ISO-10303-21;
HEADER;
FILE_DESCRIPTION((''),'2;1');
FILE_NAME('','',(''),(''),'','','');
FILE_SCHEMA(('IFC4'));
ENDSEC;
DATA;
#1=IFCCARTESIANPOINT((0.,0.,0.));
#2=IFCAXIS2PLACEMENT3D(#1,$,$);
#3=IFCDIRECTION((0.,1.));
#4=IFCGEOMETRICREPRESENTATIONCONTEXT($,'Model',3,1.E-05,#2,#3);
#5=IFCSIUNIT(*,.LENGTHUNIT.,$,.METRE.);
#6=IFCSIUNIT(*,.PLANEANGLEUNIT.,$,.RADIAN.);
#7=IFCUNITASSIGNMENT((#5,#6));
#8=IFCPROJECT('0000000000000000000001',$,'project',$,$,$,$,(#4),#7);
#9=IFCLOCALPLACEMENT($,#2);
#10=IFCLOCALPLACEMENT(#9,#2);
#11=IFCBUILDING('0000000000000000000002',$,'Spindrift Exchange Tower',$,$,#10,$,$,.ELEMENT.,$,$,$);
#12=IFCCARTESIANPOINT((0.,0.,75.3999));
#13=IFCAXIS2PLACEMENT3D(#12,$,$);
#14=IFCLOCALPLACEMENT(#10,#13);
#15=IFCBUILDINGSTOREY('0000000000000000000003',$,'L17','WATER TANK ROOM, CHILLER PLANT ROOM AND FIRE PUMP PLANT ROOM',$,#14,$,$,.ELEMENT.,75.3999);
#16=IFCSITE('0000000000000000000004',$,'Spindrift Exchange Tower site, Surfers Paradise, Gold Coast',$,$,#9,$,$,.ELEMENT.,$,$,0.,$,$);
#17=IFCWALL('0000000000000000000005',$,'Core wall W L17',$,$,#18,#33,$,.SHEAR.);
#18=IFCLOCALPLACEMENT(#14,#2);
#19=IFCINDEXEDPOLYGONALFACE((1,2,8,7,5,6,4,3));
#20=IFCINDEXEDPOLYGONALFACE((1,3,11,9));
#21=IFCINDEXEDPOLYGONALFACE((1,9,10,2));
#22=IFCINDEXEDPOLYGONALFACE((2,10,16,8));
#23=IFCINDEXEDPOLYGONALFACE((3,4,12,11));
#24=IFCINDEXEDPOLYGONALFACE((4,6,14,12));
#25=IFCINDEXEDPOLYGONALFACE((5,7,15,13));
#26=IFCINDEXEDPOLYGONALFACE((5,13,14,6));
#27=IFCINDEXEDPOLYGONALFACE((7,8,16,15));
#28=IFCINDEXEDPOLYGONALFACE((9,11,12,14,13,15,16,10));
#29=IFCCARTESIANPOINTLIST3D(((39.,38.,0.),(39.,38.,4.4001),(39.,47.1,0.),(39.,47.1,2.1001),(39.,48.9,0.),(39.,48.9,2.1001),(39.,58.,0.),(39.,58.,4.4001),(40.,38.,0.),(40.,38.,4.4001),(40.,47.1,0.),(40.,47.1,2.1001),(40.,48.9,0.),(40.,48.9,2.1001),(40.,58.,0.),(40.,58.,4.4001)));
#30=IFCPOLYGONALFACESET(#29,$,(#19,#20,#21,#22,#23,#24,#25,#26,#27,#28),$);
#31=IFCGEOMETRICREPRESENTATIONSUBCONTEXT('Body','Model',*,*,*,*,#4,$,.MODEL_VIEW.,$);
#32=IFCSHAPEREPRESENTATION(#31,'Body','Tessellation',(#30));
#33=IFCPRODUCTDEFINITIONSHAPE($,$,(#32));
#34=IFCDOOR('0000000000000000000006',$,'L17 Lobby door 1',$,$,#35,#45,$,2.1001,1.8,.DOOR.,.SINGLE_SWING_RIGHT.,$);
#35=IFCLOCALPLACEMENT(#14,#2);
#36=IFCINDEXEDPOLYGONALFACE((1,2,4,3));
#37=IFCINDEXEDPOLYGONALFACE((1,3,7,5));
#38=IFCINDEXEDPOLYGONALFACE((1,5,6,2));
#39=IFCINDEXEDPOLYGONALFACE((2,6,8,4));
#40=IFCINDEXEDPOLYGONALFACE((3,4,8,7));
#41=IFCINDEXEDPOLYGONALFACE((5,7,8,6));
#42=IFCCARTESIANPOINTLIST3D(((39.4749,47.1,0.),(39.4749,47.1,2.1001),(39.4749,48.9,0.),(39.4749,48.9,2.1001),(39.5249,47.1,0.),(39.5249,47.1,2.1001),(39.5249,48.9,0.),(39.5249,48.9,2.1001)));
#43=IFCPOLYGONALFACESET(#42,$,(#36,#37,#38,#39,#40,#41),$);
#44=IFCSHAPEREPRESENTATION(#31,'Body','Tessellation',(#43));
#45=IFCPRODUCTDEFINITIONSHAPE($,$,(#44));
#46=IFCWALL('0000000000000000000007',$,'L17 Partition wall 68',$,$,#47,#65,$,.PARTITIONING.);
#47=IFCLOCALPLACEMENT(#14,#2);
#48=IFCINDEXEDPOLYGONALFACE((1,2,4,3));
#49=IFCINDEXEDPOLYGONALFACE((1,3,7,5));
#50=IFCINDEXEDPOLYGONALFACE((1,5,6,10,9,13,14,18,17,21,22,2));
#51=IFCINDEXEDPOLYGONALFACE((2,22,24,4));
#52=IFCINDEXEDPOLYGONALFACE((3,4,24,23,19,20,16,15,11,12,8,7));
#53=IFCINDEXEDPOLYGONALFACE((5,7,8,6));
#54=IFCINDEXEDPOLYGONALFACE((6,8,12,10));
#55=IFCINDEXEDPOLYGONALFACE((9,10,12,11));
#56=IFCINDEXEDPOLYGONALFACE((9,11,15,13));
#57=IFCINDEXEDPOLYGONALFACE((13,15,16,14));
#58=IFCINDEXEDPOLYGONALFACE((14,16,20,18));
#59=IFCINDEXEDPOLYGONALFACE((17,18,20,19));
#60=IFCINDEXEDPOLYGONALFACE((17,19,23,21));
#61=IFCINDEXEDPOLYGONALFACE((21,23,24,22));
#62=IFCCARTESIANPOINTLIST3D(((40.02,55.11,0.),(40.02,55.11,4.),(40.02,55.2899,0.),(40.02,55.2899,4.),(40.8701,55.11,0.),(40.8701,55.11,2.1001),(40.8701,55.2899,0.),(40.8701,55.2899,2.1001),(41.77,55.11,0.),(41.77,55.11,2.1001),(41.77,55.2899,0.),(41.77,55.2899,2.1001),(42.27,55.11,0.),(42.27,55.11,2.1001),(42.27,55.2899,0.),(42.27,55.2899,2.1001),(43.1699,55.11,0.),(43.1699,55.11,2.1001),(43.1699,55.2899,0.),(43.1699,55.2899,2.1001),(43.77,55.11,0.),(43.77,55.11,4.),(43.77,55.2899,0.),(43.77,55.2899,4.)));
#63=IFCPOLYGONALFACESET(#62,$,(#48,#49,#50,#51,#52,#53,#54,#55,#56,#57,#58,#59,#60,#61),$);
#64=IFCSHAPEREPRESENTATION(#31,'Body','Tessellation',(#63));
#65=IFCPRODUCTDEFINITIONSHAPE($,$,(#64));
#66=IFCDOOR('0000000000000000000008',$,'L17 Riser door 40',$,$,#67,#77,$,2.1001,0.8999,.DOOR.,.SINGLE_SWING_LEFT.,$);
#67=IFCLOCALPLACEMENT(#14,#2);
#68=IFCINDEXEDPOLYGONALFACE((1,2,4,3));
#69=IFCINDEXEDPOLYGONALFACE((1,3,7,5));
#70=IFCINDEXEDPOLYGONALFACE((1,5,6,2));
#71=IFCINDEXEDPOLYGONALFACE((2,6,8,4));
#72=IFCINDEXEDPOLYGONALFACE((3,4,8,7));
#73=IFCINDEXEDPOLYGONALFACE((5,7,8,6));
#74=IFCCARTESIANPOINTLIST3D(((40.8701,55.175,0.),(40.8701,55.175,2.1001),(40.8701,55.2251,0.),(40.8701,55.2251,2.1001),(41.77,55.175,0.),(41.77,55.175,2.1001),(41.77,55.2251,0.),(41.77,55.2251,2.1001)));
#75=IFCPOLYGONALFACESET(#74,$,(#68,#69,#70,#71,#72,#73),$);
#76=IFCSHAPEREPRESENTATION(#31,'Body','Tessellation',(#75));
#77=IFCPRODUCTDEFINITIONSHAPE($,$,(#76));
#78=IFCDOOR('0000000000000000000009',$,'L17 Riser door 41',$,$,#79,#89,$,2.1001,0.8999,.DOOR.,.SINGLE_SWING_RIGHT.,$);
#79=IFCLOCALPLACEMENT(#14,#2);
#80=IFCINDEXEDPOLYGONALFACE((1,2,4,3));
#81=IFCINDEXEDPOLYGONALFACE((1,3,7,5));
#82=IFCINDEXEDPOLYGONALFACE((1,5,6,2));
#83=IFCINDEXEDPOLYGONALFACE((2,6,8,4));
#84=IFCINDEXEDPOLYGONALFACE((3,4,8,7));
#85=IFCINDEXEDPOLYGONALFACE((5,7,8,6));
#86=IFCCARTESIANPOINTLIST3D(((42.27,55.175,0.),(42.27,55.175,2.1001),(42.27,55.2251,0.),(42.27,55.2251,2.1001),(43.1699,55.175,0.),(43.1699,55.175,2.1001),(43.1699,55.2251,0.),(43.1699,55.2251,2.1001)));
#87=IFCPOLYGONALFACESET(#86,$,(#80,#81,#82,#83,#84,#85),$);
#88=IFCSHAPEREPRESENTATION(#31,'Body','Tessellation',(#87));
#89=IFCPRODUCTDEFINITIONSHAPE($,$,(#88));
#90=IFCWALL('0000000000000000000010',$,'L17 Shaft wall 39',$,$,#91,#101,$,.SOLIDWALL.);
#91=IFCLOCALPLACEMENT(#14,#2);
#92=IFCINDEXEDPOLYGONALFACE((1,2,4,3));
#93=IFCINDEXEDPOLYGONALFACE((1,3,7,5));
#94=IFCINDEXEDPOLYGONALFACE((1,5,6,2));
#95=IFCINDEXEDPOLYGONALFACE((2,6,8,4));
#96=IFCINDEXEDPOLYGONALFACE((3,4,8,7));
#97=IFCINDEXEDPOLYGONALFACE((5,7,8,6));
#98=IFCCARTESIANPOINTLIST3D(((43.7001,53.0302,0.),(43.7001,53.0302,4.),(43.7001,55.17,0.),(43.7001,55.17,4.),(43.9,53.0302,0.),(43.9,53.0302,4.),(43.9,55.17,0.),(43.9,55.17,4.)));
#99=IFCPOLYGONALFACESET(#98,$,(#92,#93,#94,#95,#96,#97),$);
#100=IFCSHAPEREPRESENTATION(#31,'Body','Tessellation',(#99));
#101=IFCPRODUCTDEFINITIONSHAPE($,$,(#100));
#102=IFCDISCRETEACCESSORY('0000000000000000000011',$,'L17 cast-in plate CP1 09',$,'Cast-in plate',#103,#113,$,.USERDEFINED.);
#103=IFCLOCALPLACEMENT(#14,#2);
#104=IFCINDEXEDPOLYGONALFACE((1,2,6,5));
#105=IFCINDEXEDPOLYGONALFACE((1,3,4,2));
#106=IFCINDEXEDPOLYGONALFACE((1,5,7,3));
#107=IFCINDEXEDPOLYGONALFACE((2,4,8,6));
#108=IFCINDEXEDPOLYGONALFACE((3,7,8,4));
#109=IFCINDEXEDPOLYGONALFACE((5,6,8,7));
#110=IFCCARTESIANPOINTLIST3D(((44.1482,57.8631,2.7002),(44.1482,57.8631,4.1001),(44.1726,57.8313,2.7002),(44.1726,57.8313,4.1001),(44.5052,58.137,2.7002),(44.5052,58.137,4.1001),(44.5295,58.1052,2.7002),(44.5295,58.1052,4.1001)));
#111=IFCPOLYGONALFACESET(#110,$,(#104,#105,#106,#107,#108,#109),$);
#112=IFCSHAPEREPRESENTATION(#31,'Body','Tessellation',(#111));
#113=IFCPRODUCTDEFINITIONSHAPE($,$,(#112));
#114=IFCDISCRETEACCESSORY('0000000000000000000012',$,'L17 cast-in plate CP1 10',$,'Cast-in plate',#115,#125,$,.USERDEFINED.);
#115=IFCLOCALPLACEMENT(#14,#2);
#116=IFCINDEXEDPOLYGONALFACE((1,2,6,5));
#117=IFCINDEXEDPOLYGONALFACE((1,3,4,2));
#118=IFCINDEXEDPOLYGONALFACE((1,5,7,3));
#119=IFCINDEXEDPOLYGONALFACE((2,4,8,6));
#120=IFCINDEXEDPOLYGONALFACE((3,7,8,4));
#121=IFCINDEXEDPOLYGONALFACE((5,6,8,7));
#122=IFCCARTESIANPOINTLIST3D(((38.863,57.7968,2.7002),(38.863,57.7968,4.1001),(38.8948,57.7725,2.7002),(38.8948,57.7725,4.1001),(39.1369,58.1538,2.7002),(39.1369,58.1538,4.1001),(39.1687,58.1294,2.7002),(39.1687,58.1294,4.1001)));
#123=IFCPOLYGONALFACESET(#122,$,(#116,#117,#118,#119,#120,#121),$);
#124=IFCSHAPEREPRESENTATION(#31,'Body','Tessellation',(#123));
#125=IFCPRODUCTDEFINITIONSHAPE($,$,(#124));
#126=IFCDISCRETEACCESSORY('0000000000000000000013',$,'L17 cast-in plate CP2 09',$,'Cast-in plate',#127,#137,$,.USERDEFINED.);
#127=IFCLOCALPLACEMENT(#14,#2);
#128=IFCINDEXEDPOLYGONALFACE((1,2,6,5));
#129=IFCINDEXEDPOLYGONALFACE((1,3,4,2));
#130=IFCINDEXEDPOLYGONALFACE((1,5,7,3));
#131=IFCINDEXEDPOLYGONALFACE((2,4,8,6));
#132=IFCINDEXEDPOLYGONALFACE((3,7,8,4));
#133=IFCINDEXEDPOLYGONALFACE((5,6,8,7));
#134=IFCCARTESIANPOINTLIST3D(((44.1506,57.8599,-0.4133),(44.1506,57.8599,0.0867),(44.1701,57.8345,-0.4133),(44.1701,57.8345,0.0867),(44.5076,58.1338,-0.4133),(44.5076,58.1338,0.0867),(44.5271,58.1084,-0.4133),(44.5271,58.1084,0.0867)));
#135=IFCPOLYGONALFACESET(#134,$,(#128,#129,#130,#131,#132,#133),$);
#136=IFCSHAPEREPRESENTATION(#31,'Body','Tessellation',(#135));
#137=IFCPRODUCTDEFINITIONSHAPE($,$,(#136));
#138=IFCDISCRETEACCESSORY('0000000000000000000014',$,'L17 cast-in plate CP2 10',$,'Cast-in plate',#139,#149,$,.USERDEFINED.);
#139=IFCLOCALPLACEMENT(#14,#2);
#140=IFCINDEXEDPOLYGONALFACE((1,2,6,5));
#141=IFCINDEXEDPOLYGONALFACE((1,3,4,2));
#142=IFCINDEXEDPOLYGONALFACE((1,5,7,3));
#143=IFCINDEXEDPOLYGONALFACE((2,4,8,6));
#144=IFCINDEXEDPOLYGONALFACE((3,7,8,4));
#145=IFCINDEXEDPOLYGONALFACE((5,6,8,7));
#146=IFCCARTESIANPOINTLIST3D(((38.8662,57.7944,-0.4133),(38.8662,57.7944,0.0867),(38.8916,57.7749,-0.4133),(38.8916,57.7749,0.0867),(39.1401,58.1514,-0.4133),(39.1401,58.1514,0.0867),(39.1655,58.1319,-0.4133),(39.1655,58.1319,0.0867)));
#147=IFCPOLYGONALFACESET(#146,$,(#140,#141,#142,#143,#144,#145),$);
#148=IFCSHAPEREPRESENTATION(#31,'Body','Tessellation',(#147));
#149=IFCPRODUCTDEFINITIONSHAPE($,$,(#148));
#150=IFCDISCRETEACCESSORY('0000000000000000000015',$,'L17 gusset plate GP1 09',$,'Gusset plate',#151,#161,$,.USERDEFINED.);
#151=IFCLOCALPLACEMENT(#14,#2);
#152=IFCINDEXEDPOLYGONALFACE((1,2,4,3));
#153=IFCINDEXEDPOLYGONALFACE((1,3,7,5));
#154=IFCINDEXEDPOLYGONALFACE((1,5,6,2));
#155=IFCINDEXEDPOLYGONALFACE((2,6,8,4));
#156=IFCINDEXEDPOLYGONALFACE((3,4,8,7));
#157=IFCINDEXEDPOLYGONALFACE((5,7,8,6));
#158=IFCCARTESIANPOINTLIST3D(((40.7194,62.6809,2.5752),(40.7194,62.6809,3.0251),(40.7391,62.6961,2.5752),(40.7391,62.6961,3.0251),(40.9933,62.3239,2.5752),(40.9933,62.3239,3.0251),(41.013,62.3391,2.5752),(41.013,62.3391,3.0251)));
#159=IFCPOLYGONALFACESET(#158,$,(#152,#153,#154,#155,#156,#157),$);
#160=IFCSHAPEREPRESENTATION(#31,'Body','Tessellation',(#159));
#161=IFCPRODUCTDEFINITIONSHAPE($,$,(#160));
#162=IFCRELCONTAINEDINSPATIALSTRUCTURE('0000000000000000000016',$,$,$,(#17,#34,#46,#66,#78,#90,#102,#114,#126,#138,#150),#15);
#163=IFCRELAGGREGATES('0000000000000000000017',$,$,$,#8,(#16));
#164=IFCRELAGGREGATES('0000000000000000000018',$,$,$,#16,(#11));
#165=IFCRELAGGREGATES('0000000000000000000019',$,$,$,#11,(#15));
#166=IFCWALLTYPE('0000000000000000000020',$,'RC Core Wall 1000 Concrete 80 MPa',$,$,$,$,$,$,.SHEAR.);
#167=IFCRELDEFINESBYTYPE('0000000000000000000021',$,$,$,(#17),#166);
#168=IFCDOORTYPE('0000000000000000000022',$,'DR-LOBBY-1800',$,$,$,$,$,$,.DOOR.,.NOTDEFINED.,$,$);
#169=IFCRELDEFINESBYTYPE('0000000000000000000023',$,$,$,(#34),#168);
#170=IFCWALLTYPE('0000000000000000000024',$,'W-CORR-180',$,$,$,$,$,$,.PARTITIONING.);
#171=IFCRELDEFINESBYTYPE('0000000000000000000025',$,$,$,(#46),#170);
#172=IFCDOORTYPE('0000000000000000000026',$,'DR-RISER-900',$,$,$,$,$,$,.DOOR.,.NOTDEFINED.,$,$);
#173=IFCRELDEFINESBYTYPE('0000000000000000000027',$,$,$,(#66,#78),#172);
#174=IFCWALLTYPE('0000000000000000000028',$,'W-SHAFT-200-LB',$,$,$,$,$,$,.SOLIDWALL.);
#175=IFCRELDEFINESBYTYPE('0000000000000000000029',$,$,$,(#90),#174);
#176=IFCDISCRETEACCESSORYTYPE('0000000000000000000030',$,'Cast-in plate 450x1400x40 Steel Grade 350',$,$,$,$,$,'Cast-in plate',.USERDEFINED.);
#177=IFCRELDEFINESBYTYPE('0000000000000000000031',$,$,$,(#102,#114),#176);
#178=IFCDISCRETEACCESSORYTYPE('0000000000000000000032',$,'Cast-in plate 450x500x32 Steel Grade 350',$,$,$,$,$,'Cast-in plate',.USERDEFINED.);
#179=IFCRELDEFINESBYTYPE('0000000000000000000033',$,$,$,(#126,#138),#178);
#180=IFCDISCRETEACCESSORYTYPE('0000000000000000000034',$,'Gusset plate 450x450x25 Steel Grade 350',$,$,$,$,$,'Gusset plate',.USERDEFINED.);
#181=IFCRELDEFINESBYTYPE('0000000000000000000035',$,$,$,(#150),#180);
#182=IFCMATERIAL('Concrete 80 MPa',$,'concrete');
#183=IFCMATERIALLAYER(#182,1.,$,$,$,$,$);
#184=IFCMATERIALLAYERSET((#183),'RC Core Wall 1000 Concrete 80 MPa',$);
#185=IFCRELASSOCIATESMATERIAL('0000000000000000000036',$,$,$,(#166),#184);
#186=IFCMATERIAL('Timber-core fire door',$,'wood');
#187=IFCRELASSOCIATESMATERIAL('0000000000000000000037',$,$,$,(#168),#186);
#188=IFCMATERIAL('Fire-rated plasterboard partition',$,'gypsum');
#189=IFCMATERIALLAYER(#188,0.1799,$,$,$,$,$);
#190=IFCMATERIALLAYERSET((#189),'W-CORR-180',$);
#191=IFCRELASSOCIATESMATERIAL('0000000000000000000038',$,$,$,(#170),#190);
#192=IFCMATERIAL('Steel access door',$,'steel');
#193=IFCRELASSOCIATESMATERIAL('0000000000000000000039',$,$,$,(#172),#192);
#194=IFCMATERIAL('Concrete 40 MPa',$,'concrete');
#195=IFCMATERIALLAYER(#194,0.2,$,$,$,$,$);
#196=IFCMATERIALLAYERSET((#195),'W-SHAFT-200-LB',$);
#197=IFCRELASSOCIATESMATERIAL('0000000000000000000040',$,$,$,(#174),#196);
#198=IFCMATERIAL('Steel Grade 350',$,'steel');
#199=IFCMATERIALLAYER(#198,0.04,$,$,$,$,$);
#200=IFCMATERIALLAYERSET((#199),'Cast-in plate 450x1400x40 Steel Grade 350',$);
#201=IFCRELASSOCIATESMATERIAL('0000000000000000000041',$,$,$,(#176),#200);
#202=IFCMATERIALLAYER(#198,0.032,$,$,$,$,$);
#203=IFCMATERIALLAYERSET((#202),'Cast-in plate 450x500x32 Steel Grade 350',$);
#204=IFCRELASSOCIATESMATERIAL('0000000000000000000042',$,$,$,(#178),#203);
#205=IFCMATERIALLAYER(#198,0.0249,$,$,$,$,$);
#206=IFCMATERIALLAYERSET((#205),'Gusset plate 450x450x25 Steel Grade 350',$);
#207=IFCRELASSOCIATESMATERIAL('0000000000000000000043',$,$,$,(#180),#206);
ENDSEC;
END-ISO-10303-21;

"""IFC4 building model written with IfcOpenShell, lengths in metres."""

from ifc_helpers import new_model, si_unit, direction, frame, frame_2d, origin, origin_2d, place, context, subcontext, project, spatial, rectangle, extrude, source, transform, mapped, material, layer, layer_set, type_object, element, fill, save


model = new_model("IFC4")

# Units and contexts
model_context = context("Model", 3, precision=1e-05, world=origin(), true_north=direction((0.0, 1.0)))
body_context = subcontext(model_context, "Body", "Model", "MODEL_VIEW")
ifc_project = project(units=[si_unit("LENGTHUNIT", "METRE"), si_unit("PLANEANGLEUNIT", "RADIAN")], contexts=[model_context])

# Site, building, storey
site_placement = place(None, origin())
site = spatial("IfcSite", under=ifc_project, at=site_placement, Name="Spindrift Exchange Tower site, Surfers Paradise, Gold Coast", CompositionType="ELEMENT", RefElevation=0.0)
building_placement = place(site_placement, origin())
building = spatial("IfcBuilding", under=site, at=building_placement, Name="Spindrift Exchange Tower", CompositionType="ELEMENT")
storey_placement = place(building_placement, frame((0.0, 0.0, 75.3999)))
storey = spatial("IfcBuildingStorey", under=building, at=storey_placement, Name="L17", Description="WATER TANK ROOM, CHILLER PLANT ROOM AND FIRE PUMP PLANT ROOM", CompositionType="ELEMENT", Elevation=75.3999)

# Shared definitions
ifc_material_1 = material(Name="Concrete 80 MPa", Category="concrete")

# Wall, opening, door
ifc_layer_1 = layer(ifc_material_1, 1.0)
ifc_layer_set_1 = layer_set([ifc_layer_1], Name="RC Core Wall 1000 Concrete 80 MPa")
wall_type_1 = type_object("IfcWallType", Name="RC Core Wall 1000 Concrete 80 MPa", PredefinedType="SHEAR", material=ifc_layer_set_1)
wall_1_placement = place(storey_placement, frame((39.5, 58.0, 0.0), z_axis=(0.0, 0.0, 1.0), x_axis=(0.0, -1.0, 0.0)))
wall_1 = element("IfcWall", 1, at=wall_1_placement, inside=storey, type_object=wall_type_1, Name="Core wall W L17", PredefinedType="SHEAR", context=body_context, shape_type="SweptSolid", body=[
    extrude(rectangle(XDim=20.0, YDim=1.0, at=frame_2d((10.0, 0.0))), origin(), (0.0, 0.0, 1.0), 4.4001),
])
opening_1_placement = place(wall_1_placement, frame((9.1001, 0.0, 0.0)))
opening_1 = element("IfcOpeningElement", 2, at=opening_1_placement, cuts=wall_1, PredefinedType="OPENING", context=body_context, shape_type="SweptSolid", body=[
    extrude(rectangle(XDim=1.8, YDim=2.1001, at=frame_2d((0.8999, 1.05))), frame((0.0, 0.51, 0.0), z_axis=(0.0, -1.0, 0.0), x_axis=(1.0, 0.0, 0.0)), (0.0, 0.0, 1.0), 1.02),
])
ifc_material_2 = material(Name="Timber-core fire door", Category="wood")
door_type_1 = type_object("IfcDoorType", Name="DR-LOBBY-1800", OperationType="NOTDEFINED", PredefinedType="DOOR", material=ifc_material_2)
shared_shape_1 = source(origin(), body_context, "Body", "SweptSolid", [
    extrude(rectangle(XDim=1.8, YDim=2.1001, at=frame_2d((0.8999, 1.05))), frame((0.0, 0.0249, 0.0), z_axis=(0.0, -1.0, 0.0), x_axis=(1.0, 0.0, 0.0)), (0.0, 0.0, 1.0), 0.05),
])
door_1_placement = place(opening_1_placement, origin())
door_1 = element("IfcDoor", 3, at=door_1_placement, inside=storey, type_object=door_type_1, Name="L17 Lobby door 1", OperationType="SINGLE_SWING_RIGHT", OverallHeight=2.1001, OverallWidth=1.8, PredefinedType="DOOR", context=body_context, shape_type="MappedRepresentation", body=[
    mapped(shared_shape_1, transform((0.0, 0.0, 0.0), scale=1.0)),
])
fill(opening_1, door_1)

# Wall, openings, doors
ifc_material_3 = material(Name="Fire-rated plasterboard partition", Category="gypsum")
ifc_layer_2 = layer(ifc_material_3, 0.1799)
ifc_layer_set_2 = layer_set([ifc_layer_2], Name="W-CORR-180")
wall_type_2 = type_object("IfcWallType", Name="W-CORR-180", PredefinedType="PARTITIONING", material=ifc_layer_set_2)
wall_2_placement = place(storey_placement, frame((43.77, 55.2, 0.0), z_axis=(0.0, 0.0, 1.0), x_axis=(-1.0, 0.0, 0.0)))
wall_2 = element("IfcWall", 4, at=wall_2_placement, inside=storey, type_object=wall_type_2, Name="L17 Partition wall 68", PredefinedType="PARTITIONING", context=body_context, shape_type="SweptSolid", body=[
    extrude(rectangle(XDim=3.75, YDim=0.1799, at=frame_2d((1.875, 0.0))), origin(), (0.0, 0.0, 1.0), 4.0),
])
opening_2_placement = place(wall_2_placement, frame((2.0, 0.0, 0.0)))
opening_2 = element("IfcOpeningElement", 5, at=opening_2_placement, cuts=wall_2, PredefinedType="OPENING", context=body_context, shape_type="SweptSolid", body=[
    extrude(rectangle(XDim=0.8999, YDim=2.1001, at=frame_2d((0.45, 1.05))), frame((0.0, 0.0999, 0.0), z_axis=(0.0, -1.0, 0.0), x_axis=(1.0, 0.0, 0.0)), (0.0, 0.0, 1.0), 0.2),
])
opening_3_placement = place(wall_2_placement, frame((0.6001, 0.0, 0.0)))
opening_3 = element("IfcOpeningElement", 6, at=opening_3_placement, cuts=wall_2, PredefinedType="OPENING", context=body_context, shape_type="SweptSolid", body=[
    extrude(rectangle(XDim=0.8999, YDim=2.1001, at=frame_2d((0.45, 1.05))), frame((0.0, 0.0999, 0.0), z_axis=(0.0, -1.0, 0.0), x_axis=(1.0, 0.0, 0.0)), (0.0, 0.0, 1.0), 0.2),
])
ifc_material_4 = material(Name="Steel access door", Category="steel")
door_type_2 = type_object("IfcDoorType", Name="DR-RISER-900", OperationType="NOTDEFINED", PredefinedType="DOOR", material=ifc_material_4)
shared_shape_2 = source(origin(), body_context, "Body", "SweptSolid", [
    extrude(rectangle(XDim=0.8999, YDim=2.1001, at=frame_2d((0.45, 1.05))), frame((0.0, 0.0249, 0.0), z_axis=(0.0, -1.0, 0.0), x_axis=(1.0, 0.0, 0.0)), (0.0, 0.0, 1.0), 0.05),
])
door_2_placement = place(opening_2_placement, origin())
door_2 = element("IfcDoor", 7, at=door_2_placement, inside=storey, type_object=door_type_2, Name="L17 Riser door 40", OperationType="SINGLE_SWING_LEFT", OverallHeight=2.1001, OverallWidth=0.8999, PredefinedType="DOOR", context=body_context, shape_type="MappedRepresentation", body=[
    mapped(shared_shape_2, transform((0.0, 0.0, 0.0), scale=1.0)),
])
fill(opening_2, door_2)
door_3_placement = place(opening_3_placement, origin())
door_3 = element("IfcDoor", 8, at=door_3_placement, inside=storey, type_object=door_type_2, Name="L17 Riser door 41", OperationType="SINGLE_SWING_RIGHT", OverallHeight=2.1001, OverallWidth=0.8999, PredefinedType="DOOR", context=body_context, shape_type="MappedRepresentation", body=[
    mapped(shared_shape_2, transform((0.0, 0.0, 0.0), scale=1.0)),
])
fill(opening_3, door_3)

# Wall
ifc_material_5 = material(Name="Concrete 40 MPa", Category="concrete")
ifc_layer_3 = layer(ifc_material_5, 0.2)
ifc_layer_set_3 = layer_set([ifc_layer_3], Name="W-SHAFT-200-LB")
wall_type_3 = type_object("IfcWallType", Name="W-SHAFT-200-LB", PredefinedType="SOLIDWALL", material=ifc_layer_set_3)
wall_3_placement = place(storey_placement, frame((43.8, 55.1699, 0.0), z_axis=(0.0, 0.0, 1.0), x_axis=(0.0, -1.0, 0.0)))
element("IfcWall", 9, at=wall_3_placement, inside=storey, type_object=wall_type_3, Name="L17 Shaft wall 39", PredefinedType="SOLIDWALL", context=body_context, shape_type="SweptSolid", body=[
    extrude(rectangle(XDim=2.1399, YDim=0.2, at=frame_2d((1.0698, 0.0))), origin(), (0.0, 0.0, 1.0), 4.0),
])

# Discrete accessories
ifc_material_6 = material(Name="Steel Grade 350", Category="steel")
ifc_layer_4 = layer(ifc_material_6, 0.04)
ifc_layer_set_4 = layer_set([ifc_layer_4], Name="Cast-in plate 450x1400x40 Steel Grade 350")
discrete_accessory_type_1 = type_object("IfcDiscreteAccessoryType", Name="Cast-in plate 450x1400x40 Steel Grade 350", ElementType="Cast-in plate", PredefinedType="USERDEFINED", material=ifc_layer_set_4)
shared_shape_3 = source(origin(), body_context, "Body", "SweptSolid", [
    extrude(rectangle(XDim=0.04, YDim=0.45, at=origin_2d()), origin(), (0.0, 0.0, 1.0), 1.3999),
])
for number, where, z_axis, x_axis, name in (
    (10, (44.3389, 57.9841, 2.7002), (0.0, 0.0, 1.0), (-0.608761, 0.793353, 0.0), "L17 cast-in plate CP1 09"),
    (11, (39.0159, 57.9631, 2.7002), (0.0, 0.0, 1.0), (-0.793353, 0.608761, 0.0), "L17 cast-in plate CP1 10"),
):
    element("IfcDiscreteAccessory", number, at=place(storey_placement, frame(where, z_axis=z_axis, x_axis=x_axis)), inside=storey, type_object=discrete_accessory_type_1, Name=name, ObjectType="Cast-in plate", PredefinedType="USERDEFINED", context=body_context, shape_type="MappedRepresentation", body=[
        mapped(shared_shape_3, transform((0.0, 0.0, 0.0), scale=1.0)),
    ])
ifc_layer_5 = layer(ifc_material_6, 0.032)
ifc_layer_set_5 = layer_set([ifc_layer_5], Name="Cast-in plate 450x500x32 Steel Grade 350")
discrete_accessory_type_2 = type_object("IfcDiscreteAccessoryType", Name="Cast-in plate 450x500x32 Steel Grade 350", ElementType="Cast-in plate", PredefinedType="USERDEFINED", material=ifc_layer_set_5)
shared_shape_4 = source(origin(), body_context, "Body", "SweptSolid", [
    extrude(rectangle(XDim=0.032, YDim=0.45, at=origin_2d()), origin(), (0.0, 0.0, 1.0), 0.5),
])
for number, where, z_axis, x_axis, name in (
    (12, (44.3389, 57.9841, -0.4133), (0.0, 0.0, 1.0), (-0.608761, 0.793353, 0.0), "L17 cast-in plate CP2 09"),
    (13, (39.0159, 57.9631, -0.4133), (0.0, 0.0, 1.0), (-0.793353, 0.608761, 0.0), "L17 cast-in plate CP2 10"),
):
    element("IfcDiscreteAccessory", number, at=place(storey_placement, frame(where, z_axis=z_axis, x_axis=x_axis)), inside=storey, type_object=discrete_accessory_type_2, Name=name, ObjectType="Cast-in plate", PredefinedType="USERDEFINED", context=body_context, shape_type="MappedRepresentation", body=[
        mapped(shared_shape_4, transform((0.0, 0.0, 0.0), scale=1.0)),
    ])
ifc_layer_6 = layer(ifc_material_6, 0.0249)
ifc_layer_set_6 = layer_set([ifc_layer_6], Name="Gusset plate 450x450x25 Steel Grade 350")
discrete_accessory_type_3 = type_object("IfcDiscreteAccessoryType", Name="Gusset plate 450x450x25 Steel Grade 350", ElementType="Gusset plate", PredefinedType="USERDEFINED", material=ifc_layer_set_6)
shared_shape_5 = source(origin(), body_context, "Body", "SweptSolid", [
    extrude(rectangle(XDim=0.45, YDim=0.0249, at=origin_2d()), origin(), (0.0, 0.0, 1.0), 0.45),
])
discrete_accessory_placement = place(storey_placement, frame((40.8662, 62.51, 2.5752), z_axis=(0.0, 0.0, 1.0), x_axis=(-0.608764, 0.793351, 0.0)))
element("IfcDiscreteAccessory", 14, at=discrete_accessory_placement, inside=storey, type_object=discrete_accessory_type_3, Name="L17 gusset plate GP1 09", ObjectType="Gusset plate", PredefinedType="USERDEFINED", context=body_context, shape_type="MappedRepresentation", body=[
    mapped(shared_shape_5, transform((0.0, 0.0, 0.0), scale=1.0)),
])

save(model, "model.ifc")
